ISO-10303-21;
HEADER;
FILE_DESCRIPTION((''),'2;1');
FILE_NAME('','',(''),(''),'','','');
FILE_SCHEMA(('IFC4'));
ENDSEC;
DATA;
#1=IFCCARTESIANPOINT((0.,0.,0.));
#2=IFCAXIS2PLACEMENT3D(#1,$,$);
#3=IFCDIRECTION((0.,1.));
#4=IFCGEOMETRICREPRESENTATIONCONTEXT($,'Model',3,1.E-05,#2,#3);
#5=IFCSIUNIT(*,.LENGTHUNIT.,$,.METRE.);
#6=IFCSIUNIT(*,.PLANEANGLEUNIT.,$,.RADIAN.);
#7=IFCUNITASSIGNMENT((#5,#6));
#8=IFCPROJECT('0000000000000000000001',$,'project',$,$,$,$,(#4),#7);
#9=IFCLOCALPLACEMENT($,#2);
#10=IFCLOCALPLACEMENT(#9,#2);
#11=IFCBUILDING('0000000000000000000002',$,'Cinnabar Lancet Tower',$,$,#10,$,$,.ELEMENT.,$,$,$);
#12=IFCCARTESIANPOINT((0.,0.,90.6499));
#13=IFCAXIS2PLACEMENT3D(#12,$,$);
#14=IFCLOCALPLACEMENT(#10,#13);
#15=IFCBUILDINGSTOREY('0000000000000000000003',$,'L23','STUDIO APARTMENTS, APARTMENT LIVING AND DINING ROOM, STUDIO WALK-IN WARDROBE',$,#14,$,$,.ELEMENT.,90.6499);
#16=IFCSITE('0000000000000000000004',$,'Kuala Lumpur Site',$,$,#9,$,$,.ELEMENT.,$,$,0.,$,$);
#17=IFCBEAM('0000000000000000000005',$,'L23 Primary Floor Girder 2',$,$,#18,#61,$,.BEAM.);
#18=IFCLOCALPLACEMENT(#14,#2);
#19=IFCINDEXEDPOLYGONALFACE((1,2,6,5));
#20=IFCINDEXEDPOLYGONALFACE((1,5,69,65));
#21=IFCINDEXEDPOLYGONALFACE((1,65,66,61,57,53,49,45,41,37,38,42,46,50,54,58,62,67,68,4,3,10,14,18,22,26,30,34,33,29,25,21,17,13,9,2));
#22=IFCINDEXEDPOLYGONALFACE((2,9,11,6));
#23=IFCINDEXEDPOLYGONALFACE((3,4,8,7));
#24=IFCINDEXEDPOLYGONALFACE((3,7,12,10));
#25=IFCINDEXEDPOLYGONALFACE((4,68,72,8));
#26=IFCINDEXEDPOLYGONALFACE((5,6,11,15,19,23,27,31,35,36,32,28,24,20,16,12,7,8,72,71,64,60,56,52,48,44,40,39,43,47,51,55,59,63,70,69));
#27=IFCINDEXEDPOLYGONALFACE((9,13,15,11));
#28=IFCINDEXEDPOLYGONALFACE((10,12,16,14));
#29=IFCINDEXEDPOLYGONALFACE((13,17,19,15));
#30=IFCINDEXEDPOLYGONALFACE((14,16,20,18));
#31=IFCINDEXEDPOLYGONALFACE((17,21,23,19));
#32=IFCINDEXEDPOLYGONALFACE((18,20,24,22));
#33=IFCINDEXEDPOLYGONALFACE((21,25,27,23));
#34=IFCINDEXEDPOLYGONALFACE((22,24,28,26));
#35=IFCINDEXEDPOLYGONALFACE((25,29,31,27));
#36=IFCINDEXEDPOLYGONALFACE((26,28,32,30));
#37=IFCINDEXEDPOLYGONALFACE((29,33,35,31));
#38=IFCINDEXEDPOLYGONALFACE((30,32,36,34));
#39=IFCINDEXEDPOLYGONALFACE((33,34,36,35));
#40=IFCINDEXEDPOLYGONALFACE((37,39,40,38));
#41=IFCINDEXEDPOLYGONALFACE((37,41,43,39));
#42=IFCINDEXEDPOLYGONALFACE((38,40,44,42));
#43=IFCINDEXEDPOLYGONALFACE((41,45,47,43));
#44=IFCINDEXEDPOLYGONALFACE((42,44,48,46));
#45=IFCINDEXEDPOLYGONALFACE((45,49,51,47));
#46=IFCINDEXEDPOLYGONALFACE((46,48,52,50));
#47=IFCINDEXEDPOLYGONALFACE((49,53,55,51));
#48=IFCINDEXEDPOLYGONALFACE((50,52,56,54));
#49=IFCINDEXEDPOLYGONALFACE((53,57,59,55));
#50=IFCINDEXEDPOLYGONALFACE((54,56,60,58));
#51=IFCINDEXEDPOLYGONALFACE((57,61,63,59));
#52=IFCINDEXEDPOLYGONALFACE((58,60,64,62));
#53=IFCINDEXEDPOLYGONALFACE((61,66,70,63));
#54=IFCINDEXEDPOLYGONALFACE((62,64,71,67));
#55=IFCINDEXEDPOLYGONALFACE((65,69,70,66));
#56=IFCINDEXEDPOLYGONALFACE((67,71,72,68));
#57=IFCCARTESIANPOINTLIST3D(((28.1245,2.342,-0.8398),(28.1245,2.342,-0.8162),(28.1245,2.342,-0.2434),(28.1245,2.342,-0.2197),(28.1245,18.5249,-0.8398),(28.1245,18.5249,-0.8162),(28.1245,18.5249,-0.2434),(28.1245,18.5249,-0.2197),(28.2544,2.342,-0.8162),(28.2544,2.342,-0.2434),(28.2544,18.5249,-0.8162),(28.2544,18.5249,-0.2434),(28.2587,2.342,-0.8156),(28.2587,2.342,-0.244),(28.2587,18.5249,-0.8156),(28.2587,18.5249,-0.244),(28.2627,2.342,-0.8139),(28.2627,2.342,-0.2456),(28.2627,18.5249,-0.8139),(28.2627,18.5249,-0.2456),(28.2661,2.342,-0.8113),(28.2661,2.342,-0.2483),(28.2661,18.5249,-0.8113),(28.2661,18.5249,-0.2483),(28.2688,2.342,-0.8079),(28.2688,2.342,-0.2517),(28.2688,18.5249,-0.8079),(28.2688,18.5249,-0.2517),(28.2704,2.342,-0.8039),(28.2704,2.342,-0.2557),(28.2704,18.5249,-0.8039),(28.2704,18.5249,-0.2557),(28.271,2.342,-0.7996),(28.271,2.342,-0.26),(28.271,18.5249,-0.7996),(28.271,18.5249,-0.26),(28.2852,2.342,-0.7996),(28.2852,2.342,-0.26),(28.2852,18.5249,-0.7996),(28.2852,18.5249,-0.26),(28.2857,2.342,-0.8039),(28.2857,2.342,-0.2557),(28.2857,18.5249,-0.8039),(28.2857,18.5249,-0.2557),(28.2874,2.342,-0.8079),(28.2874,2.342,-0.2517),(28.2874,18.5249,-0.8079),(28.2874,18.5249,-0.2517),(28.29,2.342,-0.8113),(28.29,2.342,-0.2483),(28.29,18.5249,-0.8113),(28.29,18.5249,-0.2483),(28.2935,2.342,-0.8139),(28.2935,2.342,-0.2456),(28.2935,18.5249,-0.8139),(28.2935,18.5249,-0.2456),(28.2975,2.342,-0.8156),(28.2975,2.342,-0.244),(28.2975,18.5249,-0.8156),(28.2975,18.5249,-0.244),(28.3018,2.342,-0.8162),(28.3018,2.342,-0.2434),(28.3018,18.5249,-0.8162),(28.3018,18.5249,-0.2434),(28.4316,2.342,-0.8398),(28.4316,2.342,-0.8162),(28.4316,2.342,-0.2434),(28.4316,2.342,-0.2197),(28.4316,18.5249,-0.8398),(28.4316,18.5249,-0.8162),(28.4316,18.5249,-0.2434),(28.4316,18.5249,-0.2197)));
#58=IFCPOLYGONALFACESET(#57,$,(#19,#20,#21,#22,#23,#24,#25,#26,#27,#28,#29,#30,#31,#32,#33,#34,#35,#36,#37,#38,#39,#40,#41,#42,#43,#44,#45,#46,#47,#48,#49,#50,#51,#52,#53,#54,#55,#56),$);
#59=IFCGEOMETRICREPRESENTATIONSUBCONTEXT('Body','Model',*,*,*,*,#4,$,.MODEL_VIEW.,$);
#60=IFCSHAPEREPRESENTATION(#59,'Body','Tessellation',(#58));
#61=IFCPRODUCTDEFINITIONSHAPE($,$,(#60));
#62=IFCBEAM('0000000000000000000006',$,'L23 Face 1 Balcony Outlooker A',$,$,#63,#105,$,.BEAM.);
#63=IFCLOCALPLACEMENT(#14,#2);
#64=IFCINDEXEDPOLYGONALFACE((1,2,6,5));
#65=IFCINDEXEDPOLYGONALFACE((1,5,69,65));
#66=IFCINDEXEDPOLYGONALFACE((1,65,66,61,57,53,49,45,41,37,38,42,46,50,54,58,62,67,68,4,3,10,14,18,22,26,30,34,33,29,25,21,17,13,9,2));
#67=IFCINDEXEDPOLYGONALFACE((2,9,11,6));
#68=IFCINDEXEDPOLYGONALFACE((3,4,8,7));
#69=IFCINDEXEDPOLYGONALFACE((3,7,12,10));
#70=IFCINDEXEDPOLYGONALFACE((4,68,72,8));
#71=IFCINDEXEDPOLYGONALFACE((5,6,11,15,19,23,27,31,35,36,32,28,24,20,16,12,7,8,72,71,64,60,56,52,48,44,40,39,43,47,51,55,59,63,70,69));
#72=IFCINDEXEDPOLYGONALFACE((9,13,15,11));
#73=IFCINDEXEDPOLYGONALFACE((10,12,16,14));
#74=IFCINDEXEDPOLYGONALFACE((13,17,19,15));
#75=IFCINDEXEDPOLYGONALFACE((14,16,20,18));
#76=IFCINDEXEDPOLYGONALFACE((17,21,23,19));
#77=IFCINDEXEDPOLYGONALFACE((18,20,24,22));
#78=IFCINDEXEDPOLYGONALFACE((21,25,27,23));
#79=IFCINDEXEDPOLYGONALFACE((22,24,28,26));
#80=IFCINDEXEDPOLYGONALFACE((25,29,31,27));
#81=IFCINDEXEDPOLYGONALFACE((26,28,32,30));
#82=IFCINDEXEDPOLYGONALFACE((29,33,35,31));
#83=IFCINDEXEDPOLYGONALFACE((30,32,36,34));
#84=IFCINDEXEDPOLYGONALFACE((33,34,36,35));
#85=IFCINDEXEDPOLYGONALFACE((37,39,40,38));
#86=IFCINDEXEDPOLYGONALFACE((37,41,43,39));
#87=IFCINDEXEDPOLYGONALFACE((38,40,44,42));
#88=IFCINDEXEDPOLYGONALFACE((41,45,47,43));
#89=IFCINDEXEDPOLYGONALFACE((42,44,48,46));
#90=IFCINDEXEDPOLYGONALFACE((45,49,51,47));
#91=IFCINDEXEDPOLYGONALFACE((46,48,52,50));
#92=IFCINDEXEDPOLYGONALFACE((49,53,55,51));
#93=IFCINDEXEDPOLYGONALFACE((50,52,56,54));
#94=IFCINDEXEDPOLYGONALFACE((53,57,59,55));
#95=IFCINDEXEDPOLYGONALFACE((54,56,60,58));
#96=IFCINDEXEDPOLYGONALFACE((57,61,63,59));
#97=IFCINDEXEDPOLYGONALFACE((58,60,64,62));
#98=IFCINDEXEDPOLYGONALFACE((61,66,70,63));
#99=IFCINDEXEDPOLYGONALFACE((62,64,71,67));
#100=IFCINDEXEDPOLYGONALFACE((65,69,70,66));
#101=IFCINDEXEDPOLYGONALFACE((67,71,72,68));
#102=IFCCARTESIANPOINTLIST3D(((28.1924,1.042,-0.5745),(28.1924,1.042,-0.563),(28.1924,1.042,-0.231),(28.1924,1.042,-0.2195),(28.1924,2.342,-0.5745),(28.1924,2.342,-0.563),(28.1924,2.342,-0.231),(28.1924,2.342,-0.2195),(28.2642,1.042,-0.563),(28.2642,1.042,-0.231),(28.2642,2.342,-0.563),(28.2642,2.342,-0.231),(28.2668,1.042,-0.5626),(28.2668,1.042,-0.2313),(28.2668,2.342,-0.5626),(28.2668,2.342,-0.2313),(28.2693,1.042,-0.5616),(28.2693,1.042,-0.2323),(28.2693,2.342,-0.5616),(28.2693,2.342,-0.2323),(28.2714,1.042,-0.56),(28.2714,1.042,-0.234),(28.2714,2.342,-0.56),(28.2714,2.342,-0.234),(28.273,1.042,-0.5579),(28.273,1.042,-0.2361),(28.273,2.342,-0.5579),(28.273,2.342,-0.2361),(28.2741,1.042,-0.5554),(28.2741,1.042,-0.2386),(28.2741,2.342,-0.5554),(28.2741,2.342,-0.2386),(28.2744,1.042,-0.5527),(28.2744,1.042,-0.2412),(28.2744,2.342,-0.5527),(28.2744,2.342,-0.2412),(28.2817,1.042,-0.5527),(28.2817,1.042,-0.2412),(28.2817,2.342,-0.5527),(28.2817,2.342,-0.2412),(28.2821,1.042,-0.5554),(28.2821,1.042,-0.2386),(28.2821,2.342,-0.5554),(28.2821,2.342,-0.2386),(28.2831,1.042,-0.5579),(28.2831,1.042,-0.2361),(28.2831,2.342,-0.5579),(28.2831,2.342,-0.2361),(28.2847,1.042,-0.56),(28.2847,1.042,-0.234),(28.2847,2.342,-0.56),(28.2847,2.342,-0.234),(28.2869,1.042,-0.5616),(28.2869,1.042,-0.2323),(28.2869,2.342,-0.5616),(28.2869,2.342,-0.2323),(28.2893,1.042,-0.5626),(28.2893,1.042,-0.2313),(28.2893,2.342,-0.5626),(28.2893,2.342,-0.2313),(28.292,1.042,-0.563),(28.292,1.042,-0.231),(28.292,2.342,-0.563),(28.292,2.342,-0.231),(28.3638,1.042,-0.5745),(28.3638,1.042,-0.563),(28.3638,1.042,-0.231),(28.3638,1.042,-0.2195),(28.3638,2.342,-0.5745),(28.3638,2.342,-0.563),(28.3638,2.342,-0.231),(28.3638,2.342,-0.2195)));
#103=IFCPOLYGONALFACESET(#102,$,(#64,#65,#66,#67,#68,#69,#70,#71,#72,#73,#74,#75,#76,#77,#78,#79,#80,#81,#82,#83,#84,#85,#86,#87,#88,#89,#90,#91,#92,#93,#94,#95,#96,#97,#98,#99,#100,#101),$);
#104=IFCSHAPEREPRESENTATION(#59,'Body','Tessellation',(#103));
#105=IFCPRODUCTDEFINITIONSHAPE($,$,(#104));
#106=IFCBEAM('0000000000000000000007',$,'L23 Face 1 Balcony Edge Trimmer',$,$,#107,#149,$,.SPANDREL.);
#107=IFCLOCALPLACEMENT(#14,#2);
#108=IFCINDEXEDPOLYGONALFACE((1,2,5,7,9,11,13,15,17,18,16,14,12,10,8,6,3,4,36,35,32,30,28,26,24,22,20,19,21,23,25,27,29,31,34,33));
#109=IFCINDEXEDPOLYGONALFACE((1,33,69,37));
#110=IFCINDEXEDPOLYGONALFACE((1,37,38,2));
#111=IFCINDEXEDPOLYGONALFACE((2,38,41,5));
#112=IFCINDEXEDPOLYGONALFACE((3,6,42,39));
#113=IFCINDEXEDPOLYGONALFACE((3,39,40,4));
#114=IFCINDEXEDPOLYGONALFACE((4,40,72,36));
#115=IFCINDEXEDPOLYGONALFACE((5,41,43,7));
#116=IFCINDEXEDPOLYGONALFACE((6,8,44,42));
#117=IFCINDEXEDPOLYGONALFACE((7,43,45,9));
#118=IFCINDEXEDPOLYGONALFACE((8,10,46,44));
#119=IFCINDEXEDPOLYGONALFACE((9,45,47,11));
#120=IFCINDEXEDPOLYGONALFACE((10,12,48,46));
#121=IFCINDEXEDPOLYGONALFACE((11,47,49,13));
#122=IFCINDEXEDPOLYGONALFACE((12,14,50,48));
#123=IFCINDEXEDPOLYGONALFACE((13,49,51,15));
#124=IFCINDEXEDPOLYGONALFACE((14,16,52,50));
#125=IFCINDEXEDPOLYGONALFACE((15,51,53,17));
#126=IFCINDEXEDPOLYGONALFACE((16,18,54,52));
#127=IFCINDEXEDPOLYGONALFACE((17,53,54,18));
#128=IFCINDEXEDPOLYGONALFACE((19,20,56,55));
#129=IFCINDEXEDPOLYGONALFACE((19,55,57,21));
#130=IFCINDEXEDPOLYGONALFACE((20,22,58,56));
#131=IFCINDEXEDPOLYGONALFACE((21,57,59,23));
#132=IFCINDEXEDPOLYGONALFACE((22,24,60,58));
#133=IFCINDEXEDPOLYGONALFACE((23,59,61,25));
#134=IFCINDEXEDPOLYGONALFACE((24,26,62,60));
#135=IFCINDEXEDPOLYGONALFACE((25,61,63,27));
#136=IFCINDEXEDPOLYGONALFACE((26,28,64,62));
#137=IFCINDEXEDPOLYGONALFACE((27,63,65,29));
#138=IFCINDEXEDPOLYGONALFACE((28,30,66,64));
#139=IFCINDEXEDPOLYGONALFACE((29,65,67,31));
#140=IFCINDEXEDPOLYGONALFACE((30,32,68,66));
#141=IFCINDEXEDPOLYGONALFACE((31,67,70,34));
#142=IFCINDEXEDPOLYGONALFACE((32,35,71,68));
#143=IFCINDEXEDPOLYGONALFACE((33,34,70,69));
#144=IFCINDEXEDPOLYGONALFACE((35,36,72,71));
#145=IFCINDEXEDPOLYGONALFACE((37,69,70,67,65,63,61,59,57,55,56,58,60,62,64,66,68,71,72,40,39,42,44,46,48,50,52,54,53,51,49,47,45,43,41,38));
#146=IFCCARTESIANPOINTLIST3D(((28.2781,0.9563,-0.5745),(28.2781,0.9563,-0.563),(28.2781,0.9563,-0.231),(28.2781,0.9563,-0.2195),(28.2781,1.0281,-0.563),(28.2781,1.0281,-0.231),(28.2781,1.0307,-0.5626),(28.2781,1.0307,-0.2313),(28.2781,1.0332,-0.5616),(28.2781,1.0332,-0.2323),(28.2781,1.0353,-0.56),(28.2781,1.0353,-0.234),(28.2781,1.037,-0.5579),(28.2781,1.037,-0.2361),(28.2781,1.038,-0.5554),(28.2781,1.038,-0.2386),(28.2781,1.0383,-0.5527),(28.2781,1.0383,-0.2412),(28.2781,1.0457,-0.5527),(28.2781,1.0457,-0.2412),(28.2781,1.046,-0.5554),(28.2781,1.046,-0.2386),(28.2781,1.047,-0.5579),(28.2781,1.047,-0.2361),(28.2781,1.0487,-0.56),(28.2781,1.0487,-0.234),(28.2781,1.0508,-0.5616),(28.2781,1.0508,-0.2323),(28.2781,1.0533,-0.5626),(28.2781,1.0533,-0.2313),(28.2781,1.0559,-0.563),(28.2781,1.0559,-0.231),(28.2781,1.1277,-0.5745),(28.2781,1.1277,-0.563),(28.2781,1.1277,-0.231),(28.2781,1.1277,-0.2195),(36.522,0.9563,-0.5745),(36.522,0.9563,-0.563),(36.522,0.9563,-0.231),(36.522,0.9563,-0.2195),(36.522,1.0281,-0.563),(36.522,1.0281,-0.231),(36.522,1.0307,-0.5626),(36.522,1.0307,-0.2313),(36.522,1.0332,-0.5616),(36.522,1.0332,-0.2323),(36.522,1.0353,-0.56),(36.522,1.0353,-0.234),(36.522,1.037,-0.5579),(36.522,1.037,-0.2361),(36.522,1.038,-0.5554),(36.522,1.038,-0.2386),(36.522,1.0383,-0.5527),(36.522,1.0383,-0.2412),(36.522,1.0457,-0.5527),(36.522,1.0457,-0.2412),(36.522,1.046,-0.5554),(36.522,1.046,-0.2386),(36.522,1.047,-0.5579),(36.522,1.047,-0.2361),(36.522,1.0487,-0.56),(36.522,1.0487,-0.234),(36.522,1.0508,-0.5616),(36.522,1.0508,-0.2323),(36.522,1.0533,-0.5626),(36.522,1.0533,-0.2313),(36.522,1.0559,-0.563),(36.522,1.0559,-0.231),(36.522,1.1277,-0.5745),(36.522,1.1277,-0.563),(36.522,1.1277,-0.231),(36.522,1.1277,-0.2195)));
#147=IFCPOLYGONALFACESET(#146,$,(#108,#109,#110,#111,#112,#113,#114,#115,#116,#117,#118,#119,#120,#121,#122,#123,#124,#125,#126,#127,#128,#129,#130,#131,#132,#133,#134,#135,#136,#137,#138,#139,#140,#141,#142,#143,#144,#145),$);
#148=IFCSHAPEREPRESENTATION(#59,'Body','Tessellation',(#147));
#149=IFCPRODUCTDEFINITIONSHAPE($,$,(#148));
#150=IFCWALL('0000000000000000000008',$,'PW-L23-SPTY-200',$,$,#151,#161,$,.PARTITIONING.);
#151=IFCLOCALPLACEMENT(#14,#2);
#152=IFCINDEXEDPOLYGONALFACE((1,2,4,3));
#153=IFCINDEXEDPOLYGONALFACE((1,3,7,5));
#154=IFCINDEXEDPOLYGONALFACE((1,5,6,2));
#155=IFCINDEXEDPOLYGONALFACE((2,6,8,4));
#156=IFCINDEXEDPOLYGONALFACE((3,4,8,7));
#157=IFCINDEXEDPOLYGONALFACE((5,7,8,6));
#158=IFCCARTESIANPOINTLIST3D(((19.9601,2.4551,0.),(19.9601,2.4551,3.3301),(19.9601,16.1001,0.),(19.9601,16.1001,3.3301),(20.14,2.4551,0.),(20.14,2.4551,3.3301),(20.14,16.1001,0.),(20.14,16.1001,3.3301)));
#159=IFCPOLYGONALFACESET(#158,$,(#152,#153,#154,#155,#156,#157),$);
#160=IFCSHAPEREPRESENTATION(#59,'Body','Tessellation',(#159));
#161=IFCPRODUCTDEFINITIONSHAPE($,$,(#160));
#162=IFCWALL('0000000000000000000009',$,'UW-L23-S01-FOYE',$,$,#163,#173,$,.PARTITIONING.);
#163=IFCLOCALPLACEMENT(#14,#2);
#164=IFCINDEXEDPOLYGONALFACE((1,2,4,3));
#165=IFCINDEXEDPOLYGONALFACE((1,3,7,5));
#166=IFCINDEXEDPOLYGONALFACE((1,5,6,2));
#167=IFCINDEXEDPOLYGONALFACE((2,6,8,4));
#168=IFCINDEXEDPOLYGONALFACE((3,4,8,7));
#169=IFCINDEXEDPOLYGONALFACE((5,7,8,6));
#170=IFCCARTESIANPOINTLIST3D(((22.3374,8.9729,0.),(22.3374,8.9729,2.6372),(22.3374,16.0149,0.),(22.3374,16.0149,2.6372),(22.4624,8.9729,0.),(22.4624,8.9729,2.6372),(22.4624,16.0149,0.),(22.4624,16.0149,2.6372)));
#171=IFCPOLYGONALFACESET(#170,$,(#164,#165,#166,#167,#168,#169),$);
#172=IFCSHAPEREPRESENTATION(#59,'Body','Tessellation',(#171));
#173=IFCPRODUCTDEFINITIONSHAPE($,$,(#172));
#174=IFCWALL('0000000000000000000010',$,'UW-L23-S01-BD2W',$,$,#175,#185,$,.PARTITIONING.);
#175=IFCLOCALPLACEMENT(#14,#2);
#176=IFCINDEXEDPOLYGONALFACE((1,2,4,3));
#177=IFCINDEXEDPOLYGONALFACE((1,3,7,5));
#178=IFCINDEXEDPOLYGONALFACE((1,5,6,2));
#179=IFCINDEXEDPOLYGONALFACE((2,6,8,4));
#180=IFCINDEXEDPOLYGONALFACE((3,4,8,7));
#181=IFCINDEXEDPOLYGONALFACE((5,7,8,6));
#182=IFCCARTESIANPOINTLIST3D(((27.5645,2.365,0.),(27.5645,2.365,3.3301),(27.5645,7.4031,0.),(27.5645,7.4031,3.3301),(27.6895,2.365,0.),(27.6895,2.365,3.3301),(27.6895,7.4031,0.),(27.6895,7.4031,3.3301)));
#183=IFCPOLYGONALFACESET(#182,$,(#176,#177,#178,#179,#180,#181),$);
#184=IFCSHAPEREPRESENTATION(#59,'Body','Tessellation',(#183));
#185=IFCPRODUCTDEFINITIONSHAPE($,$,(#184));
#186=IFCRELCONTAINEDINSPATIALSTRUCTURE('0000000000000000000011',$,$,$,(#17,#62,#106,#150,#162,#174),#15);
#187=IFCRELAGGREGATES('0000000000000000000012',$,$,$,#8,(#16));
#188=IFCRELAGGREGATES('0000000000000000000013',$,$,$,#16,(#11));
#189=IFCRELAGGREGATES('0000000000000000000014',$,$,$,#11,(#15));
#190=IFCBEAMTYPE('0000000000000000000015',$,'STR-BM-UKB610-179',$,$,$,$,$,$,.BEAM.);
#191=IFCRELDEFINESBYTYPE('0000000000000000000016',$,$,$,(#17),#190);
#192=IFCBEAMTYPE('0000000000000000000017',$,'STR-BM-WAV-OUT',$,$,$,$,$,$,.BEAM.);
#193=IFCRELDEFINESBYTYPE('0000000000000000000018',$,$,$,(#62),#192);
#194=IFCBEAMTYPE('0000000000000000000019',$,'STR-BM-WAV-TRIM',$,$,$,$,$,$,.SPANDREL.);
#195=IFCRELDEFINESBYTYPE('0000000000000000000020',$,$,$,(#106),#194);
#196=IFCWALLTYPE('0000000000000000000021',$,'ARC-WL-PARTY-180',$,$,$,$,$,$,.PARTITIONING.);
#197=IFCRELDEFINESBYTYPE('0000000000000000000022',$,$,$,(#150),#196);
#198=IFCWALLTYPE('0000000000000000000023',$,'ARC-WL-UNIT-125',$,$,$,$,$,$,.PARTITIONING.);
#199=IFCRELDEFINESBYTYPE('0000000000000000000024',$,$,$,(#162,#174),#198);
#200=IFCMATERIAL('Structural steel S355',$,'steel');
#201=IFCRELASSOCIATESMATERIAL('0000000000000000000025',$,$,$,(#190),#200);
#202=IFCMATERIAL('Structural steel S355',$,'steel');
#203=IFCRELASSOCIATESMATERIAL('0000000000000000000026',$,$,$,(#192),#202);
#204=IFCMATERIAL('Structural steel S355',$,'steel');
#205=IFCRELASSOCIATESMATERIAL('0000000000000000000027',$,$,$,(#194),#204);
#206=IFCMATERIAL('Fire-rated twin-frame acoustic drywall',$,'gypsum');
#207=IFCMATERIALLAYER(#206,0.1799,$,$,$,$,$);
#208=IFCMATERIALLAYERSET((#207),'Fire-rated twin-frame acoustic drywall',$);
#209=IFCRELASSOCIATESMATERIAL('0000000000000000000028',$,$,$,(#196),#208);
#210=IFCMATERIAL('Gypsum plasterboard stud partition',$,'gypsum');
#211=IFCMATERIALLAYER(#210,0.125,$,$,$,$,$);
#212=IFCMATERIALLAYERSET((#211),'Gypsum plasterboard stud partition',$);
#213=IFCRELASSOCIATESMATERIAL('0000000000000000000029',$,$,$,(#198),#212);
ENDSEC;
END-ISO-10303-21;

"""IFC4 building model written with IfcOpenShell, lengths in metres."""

from ifc_helpers import new_model, si_unit, direction, frame, frame_2d, origin, origin_2d, place, context, subcontext, project, spatial, rectangle, i_section, extrude, material, layer, layer_set, material_profile, profile_set, type_object, element, save


model = new_model("IFC4")

# Units and contexts
model_context = context("Model", 3, precision=1e-05, world=origin(), true_north=direction((0.0, 1.0)))
body_context = subcontext(model_context, "Body", "Model", "MODEL_VIEW")
ifc_project = project(units=[si_unit("LENGTHUNIT", "METRE"), si_unit("PLANEANGLEUNIT", "RADIAN")], contexts=[model_context])

# Site, building, storey
site_placement = place(None, origin())
site = spatial("IfcSite", under=ifc_project, at=site_placement, Name="Kuala Lumpur Site", CompositionType="ELEMENT", RefElevation=0.0)
building_placement = place(site_placement, origin())
building = spatial("IfcBuilding", under=site, at=building_placement, Name="Cinnabar Lancet Tower", CompositionType="ELEMENT")
storey_placement = place(building_placement, frame((0.0, 0.0, 90.6499)))
storey = spatial("IfcBuildingStorey", under=building, at=storey_placement, Name="L23", Description="STUDIO APARTMENTS, APARTMENT LIVING AND DINING ROOM, STUDIO WALK-IN WARDROBE", CompositionType="ELEMENT", Elevation=90.6499)

# Beams
ifc_material_1 = material(Name="Structural steel S355", Category="steel")
ifc_material_profile_1 = material_profile(ifc_material_1, i_section(OverallWidth=0.3071, OverallDepth=0.6201, WebThickness=0.0142, FlangeThickness=0.0237, FilletRadius=0.0166, at=origin_2d()), Name="UKB 610x305x179")
ifc_profile_set_1 = profile_set([ifc_material_profile_1], Name="Structural steel S355")
beam_type_1 = type_object("IfcBeamType", Name="STR-BM-UKB610-179", PredefinedType="BEAM", material=ifc_profile_set_1)
beam_1_placement = place(storey_placement, frame((28.2781, 2.342, -0.5298), z_axis=(0.0, 1.0, 0.0), x_axis=(-1.0, 0.0, 0.0)))
element("IfcBeam", 1, at=beam_1_placement, inside=storey, type_object=beam_type_1, Name="L23 Primary Floor Girder 2", PredefinedType="BEAM", context=body_context, shape_type="SweptSolid", body=[
    extrude(i_section(OverallWidth=0.3071, OverallDepth=0.6201, WebThickness=0.0142, FlangeThickness=0.0237, FilletRadius=0.0166, at=origin_2d()), origin(), (0.0, 0.0, 1.0), 16.1829),
])
ifc_material_2 = material(Name="Structural steel S355", Category="steel")
ifc_material_profile_2 = material_profile(ifc_material_2, i_section(OverallWidth=0.1714, OverallDepth=0.355, WebThickness=0.0073, FlangeThickness=0.0115, FilletRadius=0.0103, at=origin_2d()), Name="UKB 356x171x51")
ifc_profile_set_2 = profile_set([ifc_material_profile_2], Name="Structural steel S355")
beam_type_2 = type_object("IfcBeamType", Name="STR-BM-WAV-OUT", PredefinedType="BEAM", material=ifc_profile_set_2)
beam_2_placement = place(storey_placement, frame((28.2781, 2.342, -0.397), z_axis=(0.0, -1.0, 0.0), x_axis=(1.0, 0.0, 0.0)))
element("IfcBeam", 2, at=beam_2_placement, inside=storey, type_object=beam_type_2, Name="L23 Face 1 Balcony Outlooker A", PredefinedType="BEAM", context=body_context, shape_type="SweptSolid", body=[
    extrude(i_section(OverallWidth=0.1714, OverallDepth=0.355, WebThickness=0.0073, FlangeThickness=0.0115, FilletRadius=0.0103, at=origin_2d()), origin(), (0.0, 0.0, 1.0), 1.3),
])
ifc_material_3 = material(Name="Structural steel S355", Category="steel")
ifc_material_profile_3 = material_profile(ifc_material_3, i_section(OverallWidth=0.1714, OverallDepth=0.355, WebThickness=0.0073, FlangeThickness=0.0115, FilletRadius=0.0103, at=origin_2d()), Name="UKB 356x171x51")
ifc_profile_set_3 = profile_set([ifc_material_profile_3], Name="Structural steel S355")
beam_type_3 = type_object("IfcBeamType", Name="STR-BM-WAV-TRIM", PredefinedType="SPANDREL", material=ifc_profile_set_3)
beam_3_placement = place(storey_placement, frame((28.2781, 1.042, -0.397), z_axis=(1.0, 0.0, 0.0), x_axis=(0.0, 1.0, 0.0)))
element("IfcBeam", 3, at=beam_3_placement, inside=storey, type_object=beam_type_3, Name="L23 Face 1 Balcony Edge Trimmer", PredefinedType="SPANDREL", context=body_context, shape_type="SweptSolid", body=[
    extrude(i_section(OverallWidth=0.1714, OverallDepth=0.355, WebThickness=0.0073, FlangeThickness=0.0115, FilletRadius=0.0103, at=origin_2d()), origin(), (0.0, 0.0, 1.0), 8.2439),
])

# Walls
ifc_material_4 = material(Name="Fire-rated twin-frame acoustic drywall", Category="gypsum")
ifc_layer_1 = layer(ifc_material_4, 0.1799)
ifc_layer_set_1 = layer_set([ifc_layer_1], Name="Fire-rated twin-frame acoustic drywall")
wall_type_1 = type_object("IfcWallType", Name="ARC-WL-PARTY-180", PredefinedType="PARTITIONING", material=ifc_layer_set_1)
wall_1_placement = place(storey_placement, frame((20.05, 2.4551, 0.0), z_axis=(0.0, 0.0, 1.0), x_axis=(0.0, 1.0, 0.0)))
element("IfcWall", 4, at=wall_1_placement, inside=storey, type_object=wall_type_1, Name="PW-L23-SPTY-200", PredefinedType="PARTITIONING", context=body_context, shape_type="SweptSolid", body=[
    extrude(rectangle(XDim=13.645, YDim=0.1799, at=frame_2d((6.8225, 0.0))), origin(), (0.0, 0.0, 1.0), 3.3301),
])
ifc_material_5 = material(Name="Gypsum plasterboard stud partition", Category="gypsum")
ifc_layer_2 = layer(ifc_material_5, 0.125)
ifc_layer_set_2 = layer_set([ifc_layer_2], Name="Gypsum plasterboard stud partition")
wall_type_2 = type_object("IfcWallType", Name="ARC-WL-UNIT-125", PredefinedType="PARTITIONING", material=ifc_layer_set_2)
wall_2_placement = place(storey_placement, frame((22.3999, 8.9729, 0.0), z_axis=(0.0, 0.0, 1.0), x_axis=(0.0, 1.0, 0.0)))
element("IfcWall", 5, at=wall_2_placement, inside=storey, type_object=wall_type_2, Name="UW-L23-S01-FOYE", PredefinedType="PARTITIONING", context=body_context, shape_type="SweptSolid", body=[
    extrude(rectangle(XDim=7.042, YDim=0.125, at=frame_2d((3.521, 0.0))), origin(), (0.0, 0.0, 1.0), 2.6372),
])
wall_3_placement = place(storey_placement, frame((27.627, 2.365, 0.0), z_axis=(0.0, 0.0, 1.0), x_axis=(0.0, 1.0, 0.0)))
element("IfcWall", 6, at=wall_3_placement, inside=storey, type_object=wall_type_2, Name="UW-L23-S01-BD2W", PredefinedType="PARTITIONING", context=body_context, shape_type="SweptSolid", body=[
    extrude(rectangle(XDim=5.0381, YDim=0.125, at=frame_2d((2.519, 0.0))), origin(), (0.0, 0.0, 1.0), 3.3301),
])

save(model, "model.ifc")
